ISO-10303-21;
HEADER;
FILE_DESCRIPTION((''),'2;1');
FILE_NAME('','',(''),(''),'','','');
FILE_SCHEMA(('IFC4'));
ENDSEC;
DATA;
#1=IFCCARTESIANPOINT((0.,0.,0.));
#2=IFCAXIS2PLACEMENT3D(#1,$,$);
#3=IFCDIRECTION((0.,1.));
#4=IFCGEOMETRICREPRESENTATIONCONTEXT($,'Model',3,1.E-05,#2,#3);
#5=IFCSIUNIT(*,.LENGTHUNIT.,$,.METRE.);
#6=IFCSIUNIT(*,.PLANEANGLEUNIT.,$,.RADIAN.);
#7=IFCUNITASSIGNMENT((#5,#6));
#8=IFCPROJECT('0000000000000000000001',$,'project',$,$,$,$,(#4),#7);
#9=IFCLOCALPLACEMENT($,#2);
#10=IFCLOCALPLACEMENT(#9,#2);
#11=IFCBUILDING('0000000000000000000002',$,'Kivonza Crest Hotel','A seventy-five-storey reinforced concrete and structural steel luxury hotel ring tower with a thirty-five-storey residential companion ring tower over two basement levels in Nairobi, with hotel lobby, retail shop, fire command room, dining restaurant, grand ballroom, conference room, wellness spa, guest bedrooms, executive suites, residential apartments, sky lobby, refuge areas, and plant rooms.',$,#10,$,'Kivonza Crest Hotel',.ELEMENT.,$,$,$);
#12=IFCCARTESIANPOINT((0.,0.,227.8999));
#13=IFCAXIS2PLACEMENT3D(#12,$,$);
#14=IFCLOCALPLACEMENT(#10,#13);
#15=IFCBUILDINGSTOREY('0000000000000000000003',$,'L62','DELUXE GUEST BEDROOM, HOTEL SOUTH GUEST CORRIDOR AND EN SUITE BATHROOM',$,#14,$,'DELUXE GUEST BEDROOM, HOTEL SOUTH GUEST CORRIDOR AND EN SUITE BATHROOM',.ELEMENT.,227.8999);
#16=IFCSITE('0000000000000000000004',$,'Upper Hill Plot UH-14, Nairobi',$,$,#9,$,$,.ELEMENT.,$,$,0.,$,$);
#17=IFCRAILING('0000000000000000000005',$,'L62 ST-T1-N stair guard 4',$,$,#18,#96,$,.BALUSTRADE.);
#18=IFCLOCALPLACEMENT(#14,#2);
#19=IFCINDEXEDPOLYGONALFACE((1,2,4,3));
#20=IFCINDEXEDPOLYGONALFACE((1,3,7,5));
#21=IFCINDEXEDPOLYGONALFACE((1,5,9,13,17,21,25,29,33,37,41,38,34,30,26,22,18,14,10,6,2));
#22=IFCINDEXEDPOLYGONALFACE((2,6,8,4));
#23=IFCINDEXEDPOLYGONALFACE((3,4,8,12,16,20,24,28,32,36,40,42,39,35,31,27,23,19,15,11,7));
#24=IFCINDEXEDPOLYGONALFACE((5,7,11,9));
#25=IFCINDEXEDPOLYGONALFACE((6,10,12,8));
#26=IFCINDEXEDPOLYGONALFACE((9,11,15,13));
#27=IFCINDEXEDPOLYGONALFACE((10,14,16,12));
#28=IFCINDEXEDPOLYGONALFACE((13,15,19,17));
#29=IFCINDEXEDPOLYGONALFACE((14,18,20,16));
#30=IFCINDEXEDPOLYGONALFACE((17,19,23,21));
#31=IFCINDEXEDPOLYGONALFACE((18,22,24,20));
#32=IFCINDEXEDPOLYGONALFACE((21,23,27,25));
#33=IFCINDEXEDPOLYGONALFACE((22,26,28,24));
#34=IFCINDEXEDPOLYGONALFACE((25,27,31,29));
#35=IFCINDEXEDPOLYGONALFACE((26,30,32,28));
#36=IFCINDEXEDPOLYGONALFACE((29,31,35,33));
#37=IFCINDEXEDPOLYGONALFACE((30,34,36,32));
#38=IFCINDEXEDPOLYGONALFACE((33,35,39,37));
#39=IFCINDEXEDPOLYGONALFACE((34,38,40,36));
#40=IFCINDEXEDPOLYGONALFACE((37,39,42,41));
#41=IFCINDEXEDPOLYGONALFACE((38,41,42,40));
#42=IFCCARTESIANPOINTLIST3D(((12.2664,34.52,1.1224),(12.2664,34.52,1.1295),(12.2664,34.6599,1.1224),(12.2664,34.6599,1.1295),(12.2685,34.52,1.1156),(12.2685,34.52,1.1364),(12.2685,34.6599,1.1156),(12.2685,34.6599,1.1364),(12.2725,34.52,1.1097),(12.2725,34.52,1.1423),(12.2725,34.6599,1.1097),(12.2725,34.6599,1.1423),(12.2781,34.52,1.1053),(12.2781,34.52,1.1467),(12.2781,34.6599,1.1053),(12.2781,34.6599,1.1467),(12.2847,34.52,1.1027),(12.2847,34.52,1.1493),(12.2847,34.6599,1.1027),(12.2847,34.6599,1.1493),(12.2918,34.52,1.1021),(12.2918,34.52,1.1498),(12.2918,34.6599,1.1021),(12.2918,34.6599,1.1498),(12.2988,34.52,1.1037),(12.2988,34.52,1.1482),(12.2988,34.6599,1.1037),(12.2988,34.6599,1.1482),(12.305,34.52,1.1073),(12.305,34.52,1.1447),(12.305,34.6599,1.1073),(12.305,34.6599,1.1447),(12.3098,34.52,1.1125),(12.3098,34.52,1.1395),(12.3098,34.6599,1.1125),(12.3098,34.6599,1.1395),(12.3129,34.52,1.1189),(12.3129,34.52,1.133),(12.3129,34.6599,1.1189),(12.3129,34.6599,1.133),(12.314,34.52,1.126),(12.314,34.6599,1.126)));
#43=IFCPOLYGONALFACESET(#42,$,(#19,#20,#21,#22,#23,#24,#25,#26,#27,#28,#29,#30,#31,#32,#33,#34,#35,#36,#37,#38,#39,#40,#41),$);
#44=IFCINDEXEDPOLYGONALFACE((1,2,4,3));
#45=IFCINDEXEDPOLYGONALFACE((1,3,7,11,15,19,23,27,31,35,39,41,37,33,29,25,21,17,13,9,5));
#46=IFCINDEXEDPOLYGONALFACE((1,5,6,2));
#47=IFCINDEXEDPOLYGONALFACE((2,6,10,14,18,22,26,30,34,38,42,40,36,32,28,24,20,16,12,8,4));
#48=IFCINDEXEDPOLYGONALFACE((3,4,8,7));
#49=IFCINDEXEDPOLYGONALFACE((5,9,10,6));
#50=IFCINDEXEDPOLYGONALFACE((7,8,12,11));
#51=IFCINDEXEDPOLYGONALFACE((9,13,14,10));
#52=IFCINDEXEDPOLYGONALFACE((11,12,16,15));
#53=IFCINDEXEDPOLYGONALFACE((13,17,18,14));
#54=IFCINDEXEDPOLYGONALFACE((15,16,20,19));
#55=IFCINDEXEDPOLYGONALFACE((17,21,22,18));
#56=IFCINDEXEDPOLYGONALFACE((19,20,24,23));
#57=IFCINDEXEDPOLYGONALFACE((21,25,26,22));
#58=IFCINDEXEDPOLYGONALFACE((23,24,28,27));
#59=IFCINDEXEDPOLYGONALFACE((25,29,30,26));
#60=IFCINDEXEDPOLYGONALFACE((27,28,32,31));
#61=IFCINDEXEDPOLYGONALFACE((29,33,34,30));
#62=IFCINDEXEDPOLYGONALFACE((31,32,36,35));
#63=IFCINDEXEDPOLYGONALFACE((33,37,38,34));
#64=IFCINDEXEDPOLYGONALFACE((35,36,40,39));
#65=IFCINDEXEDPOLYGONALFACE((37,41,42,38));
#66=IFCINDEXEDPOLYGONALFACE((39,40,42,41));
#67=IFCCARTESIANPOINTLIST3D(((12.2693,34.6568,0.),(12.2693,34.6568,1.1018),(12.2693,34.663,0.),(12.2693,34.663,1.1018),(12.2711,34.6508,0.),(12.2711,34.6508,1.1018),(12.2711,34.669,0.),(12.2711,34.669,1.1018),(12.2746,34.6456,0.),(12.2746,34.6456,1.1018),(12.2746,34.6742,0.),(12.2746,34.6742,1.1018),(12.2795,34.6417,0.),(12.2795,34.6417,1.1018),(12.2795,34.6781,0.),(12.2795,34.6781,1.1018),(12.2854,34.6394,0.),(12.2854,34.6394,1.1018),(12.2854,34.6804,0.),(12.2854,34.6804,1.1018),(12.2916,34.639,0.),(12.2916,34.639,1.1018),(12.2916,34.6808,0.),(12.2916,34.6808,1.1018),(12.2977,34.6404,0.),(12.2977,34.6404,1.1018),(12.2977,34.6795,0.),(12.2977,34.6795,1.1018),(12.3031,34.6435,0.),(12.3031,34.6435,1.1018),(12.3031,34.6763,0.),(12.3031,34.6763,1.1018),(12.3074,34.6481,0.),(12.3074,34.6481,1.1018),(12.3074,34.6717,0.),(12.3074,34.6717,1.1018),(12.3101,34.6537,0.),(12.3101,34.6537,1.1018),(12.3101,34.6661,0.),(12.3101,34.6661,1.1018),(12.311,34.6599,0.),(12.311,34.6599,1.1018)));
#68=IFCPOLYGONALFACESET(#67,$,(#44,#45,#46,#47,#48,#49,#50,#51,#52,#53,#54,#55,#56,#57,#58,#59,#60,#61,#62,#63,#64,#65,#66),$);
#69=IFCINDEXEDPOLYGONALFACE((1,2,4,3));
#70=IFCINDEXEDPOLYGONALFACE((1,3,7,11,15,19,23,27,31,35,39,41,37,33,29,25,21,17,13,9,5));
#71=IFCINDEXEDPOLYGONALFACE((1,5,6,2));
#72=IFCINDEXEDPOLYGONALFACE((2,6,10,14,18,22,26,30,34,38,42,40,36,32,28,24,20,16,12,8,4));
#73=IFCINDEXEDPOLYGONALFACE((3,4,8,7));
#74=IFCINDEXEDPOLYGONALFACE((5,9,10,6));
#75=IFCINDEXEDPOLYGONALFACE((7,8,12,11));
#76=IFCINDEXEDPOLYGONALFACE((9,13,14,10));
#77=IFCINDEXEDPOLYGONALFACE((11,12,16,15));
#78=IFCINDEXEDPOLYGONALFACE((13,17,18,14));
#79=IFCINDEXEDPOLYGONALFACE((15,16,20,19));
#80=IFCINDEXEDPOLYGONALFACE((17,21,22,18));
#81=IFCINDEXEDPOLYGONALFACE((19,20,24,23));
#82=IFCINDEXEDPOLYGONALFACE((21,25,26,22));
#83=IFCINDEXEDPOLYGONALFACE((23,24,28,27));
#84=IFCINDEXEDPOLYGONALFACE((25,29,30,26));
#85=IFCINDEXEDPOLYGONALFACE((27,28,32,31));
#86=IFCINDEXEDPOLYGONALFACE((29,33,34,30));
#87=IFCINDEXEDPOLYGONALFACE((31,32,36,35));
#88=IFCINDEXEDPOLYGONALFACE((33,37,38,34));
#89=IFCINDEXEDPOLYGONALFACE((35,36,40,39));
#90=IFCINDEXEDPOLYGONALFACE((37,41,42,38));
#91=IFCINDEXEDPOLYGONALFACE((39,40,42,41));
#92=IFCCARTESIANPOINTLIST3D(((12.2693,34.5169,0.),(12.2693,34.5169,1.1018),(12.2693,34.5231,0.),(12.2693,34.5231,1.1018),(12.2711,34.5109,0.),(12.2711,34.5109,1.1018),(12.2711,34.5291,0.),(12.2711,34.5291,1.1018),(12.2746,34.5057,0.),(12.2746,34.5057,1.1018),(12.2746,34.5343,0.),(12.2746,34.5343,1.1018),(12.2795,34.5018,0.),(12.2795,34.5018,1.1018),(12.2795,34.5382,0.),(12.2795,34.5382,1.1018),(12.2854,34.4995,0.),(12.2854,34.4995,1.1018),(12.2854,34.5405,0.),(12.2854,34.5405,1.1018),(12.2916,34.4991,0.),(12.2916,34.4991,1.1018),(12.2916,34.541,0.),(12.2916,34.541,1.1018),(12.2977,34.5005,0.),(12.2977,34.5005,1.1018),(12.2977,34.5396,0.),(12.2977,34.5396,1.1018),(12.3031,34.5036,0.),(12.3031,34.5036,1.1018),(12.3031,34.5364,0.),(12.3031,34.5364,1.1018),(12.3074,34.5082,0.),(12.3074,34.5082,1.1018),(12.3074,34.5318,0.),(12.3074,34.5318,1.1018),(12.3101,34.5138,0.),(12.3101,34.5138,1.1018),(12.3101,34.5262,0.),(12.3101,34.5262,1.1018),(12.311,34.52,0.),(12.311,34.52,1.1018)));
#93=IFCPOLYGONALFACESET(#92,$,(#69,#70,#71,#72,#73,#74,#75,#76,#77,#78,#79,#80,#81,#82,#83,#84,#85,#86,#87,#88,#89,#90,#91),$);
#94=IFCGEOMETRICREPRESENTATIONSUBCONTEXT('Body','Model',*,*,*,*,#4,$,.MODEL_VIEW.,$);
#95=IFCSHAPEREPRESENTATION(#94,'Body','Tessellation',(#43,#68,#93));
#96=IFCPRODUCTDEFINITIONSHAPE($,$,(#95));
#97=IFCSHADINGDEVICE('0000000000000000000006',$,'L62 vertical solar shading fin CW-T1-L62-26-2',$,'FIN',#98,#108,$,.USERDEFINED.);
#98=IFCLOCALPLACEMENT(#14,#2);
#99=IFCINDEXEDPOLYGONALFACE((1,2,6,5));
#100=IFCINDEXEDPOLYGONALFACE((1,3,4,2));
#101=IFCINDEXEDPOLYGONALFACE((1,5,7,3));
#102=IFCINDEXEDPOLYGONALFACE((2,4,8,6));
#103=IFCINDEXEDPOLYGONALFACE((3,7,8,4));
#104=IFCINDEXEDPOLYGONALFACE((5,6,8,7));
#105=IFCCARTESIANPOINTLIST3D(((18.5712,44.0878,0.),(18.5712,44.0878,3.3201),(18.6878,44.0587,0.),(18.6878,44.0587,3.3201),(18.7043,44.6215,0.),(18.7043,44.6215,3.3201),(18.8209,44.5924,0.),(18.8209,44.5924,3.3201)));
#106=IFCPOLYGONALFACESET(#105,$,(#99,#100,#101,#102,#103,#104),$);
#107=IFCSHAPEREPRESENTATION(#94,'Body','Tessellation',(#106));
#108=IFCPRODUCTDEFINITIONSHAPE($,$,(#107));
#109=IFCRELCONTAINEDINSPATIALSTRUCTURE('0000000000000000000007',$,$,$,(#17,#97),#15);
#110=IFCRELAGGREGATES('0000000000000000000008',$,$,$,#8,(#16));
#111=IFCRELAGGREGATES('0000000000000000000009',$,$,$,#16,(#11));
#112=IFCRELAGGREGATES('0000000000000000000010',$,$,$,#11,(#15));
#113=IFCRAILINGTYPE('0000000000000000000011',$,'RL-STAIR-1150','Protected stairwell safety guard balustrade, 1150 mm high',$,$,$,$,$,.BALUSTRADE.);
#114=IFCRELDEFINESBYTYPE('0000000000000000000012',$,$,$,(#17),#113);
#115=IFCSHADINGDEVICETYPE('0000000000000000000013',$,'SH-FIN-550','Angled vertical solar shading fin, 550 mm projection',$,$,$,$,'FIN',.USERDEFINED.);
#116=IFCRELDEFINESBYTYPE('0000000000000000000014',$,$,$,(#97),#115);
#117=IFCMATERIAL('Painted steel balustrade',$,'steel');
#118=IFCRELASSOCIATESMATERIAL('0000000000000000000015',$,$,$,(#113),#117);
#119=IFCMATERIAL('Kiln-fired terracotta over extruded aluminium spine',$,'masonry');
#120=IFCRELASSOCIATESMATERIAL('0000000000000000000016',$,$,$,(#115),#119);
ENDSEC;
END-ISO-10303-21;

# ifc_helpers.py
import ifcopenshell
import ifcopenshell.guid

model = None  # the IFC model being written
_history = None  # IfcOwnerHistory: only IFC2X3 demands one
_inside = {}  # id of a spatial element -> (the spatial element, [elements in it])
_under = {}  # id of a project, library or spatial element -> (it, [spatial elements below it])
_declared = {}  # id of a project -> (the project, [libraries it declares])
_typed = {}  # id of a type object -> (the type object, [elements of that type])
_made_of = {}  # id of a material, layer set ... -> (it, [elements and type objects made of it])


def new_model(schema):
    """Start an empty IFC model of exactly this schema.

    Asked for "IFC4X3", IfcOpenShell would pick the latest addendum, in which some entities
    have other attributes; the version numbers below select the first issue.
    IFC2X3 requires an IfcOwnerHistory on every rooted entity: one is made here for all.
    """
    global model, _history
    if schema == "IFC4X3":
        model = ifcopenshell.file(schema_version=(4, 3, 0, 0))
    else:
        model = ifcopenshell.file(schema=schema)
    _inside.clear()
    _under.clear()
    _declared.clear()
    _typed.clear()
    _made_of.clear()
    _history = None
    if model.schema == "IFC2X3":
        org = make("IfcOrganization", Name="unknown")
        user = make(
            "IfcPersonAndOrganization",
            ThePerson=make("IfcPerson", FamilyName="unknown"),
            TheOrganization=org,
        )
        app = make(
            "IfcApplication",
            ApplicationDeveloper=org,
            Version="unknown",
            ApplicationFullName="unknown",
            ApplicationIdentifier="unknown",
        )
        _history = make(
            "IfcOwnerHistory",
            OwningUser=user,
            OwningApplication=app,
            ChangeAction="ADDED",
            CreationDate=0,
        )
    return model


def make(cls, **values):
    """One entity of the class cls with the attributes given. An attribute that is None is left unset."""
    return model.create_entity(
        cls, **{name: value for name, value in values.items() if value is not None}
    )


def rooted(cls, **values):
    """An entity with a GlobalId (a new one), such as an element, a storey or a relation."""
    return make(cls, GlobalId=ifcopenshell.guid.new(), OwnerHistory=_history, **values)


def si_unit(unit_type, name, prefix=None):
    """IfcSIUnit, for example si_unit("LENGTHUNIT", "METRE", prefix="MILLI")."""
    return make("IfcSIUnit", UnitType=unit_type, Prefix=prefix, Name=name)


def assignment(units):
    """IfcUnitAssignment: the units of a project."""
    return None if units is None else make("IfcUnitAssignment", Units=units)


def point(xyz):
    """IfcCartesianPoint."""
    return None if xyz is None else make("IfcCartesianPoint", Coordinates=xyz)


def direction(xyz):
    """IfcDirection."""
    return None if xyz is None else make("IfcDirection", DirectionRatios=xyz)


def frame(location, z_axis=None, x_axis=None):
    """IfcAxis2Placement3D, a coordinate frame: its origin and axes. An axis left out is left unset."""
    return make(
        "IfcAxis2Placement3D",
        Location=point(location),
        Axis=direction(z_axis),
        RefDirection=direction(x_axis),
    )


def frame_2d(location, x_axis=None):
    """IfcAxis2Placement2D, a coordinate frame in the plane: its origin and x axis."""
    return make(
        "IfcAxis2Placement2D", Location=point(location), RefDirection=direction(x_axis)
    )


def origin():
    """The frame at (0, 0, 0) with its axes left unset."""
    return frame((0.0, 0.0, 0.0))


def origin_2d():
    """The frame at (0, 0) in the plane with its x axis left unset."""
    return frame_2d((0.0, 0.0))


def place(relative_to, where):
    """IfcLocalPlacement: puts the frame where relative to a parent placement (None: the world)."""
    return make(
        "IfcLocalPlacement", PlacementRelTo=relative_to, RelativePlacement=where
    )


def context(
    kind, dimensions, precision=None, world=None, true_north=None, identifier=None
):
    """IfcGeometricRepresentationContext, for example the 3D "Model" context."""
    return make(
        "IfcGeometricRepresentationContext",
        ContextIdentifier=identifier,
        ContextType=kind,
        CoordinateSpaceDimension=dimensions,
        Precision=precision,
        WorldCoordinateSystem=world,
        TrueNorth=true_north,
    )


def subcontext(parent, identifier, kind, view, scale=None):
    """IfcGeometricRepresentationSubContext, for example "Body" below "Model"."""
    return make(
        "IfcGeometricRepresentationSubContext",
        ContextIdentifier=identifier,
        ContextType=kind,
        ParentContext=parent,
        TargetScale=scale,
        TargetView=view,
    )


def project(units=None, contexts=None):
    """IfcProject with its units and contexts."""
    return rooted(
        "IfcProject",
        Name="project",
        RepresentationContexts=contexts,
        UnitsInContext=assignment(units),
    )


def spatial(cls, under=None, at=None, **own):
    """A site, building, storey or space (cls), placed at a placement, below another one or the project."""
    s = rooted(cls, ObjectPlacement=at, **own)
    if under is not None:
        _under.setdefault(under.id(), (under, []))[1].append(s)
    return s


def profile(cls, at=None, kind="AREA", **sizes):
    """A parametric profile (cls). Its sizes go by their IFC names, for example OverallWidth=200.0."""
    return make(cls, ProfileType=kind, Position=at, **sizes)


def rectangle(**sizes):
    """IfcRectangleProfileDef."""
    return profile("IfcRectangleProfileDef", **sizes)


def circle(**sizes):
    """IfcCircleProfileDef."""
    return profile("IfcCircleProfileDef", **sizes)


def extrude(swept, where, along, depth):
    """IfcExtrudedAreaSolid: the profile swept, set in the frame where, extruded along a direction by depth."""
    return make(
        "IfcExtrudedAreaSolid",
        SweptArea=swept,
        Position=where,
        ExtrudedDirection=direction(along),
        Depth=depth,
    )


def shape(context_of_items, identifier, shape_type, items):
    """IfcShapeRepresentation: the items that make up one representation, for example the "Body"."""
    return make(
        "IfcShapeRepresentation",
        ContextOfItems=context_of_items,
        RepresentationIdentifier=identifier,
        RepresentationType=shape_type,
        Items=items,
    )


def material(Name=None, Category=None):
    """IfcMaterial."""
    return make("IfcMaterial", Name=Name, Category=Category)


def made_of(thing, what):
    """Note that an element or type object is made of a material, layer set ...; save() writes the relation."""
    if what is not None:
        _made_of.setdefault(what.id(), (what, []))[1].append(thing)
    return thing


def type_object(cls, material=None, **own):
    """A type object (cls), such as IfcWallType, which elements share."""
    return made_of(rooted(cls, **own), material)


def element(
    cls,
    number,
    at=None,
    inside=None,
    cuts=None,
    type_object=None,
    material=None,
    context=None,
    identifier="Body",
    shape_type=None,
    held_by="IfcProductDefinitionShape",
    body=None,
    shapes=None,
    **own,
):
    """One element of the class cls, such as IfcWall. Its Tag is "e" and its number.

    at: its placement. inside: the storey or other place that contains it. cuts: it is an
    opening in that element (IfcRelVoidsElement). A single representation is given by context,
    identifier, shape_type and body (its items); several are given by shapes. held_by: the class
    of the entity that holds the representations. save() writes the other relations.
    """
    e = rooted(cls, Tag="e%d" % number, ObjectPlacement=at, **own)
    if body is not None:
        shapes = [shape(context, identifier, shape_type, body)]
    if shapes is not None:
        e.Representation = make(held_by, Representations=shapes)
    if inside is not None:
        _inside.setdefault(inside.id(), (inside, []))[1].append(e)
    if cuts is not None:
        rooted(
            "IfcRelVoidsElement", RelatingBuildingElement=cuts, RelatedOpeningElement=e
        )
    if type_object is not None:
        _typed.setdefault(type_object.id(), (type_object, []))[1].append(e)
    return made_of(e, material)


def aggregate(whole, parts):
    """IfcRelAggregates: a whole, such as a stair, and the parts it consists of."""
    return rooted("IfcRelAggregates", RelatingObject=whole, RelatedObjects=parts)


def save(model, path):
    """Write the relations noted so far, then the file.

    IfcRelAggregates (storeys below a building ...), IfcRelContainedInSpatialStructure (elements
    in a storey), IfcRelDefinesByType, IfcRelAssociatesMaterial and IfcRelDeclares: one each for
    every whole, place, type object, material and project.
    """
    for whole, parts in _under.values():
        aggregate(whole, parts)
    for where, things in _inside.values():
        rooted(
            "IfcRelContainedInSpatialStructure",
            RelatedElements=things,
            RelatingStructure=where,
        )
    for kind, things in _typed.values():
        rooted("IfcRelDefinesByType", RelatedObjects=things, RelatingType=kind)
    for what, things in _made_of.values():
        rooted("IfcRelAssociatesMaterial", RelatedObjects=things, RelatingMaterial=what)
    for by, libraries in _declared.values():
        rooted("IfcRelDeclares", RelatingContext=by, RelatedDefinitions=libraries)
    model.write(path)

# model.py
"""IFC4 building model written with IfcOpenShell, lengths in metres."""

from ifc_helpers import new_model, si_unit, direction, frame, origin, origin_2d, place, context, subcontext, project, spatial, rectangle, circle, extrude, material, type_object, element, save


model = new_model("IFC4")

# Units and contexts
model_context = context("Model", 3, precision=1e-05, world=origin(), true_north=direction((0.0, 1.0)))
body_context = subcontext(model_context, "Body", "Model", "MODEL_VIEW")
ifc_project = project(units=[si_unit("LENGTHUNIT", "METRE"), si_unit("PLANEANGLEUNIT", "RADIAN")], contexts=[model_context])

# Site, building, storey
site_placement = place(None, origin())
site = spatial("IfcSite", under=ifc_project, at=site_placement, Name="Upper Hill Plot UH-14, Nairobi", CompositionType="ELEMENT", RefElevation=0.0)
building_placement = place(site_placement, origin())
building = spatial("IfcBuilding", under=site, at=building_placement, Name="Kivonza Crest Hotel", Description="A seventy-five-storey reinforced concrete and structural steel luxury hotel ring tower with a thirty-five-storey residential companion ring tower over two basement levels in Nairobi, with hotel lobby, retail shop, fire command room, dining restaurant, grand ballroom, conference room, wellness spa, guest bedrooms, executive suites, residential apartments, sky lobby, refuge areas, and plant rooms.", LongName="Kivonza Crest Hotel", CompositionType="ELEMENT")
storey_placement = place(building_placement, frame((0.0, 0.0, 227.8999)))
storey = spatial("IfcBuildingStorey", under=building, at=storey_placement, Name="L62", Description="DELUXE GUEST BEDROOM, HOTEL SOUTH GUEST CORRIDOR AND EN SUITE BATHROOM", LongName="DELUXE GUEST BEDROOM, HOTEL SOUTH GUEST CORRIDOR AND EN SUITE BATHROOM", CompositionType="ELEMENT", Elevation=227.8999)

# Railing
ifc_material_1 = material(Name="Painted steel balustrade", Category="steel")
railing_type_1 = type_object("IfcRailingType", Name="RL-STAIR-1150", Description="Protected stairwell safety guard balustrade, 1150 mm high", PredefinedType="BALUSTRADE", material=ifc_material_1)
railing_1_placement = place(storey_placement, frame((12.29, 34.6599, 0.0)))
element("IfcRailing", 1, at=railing_1_placement, inside=storey, type_object=railing_type_1, Name="L62 ST-T1-N stair guard 4", PredefinedType="BALUSTRADE", context=body_context, shape_type="SweptSolid", body=[
    extrude(circle(Radius=0.0239, at=origin_2d()), frame((0.0, 0.0, 1.126), z_axis=(0.0, -1.0, 0.0), x_axis=(1.0, 0.0, 0.0)), (0.0, 0.0, 1.0), 0.1399),
    extrude(circle(Radius=0.021, at=origin_2d()), origin(), (0.0, 0.0, 1.0), 1.1018),
    extrude(circle(Radius=0.021, at=origin_2d()), frame((0.0, -0.1399, 0.0)), (0.0, 0.0, 1.0), 1.1018),
])

# Shading device
ifc_material_2 = material(Name="Kiln-fired terracotta over extruded aluminium spine", Category="masonry")
shading_device_type = type_object("IfcShadingDeviceType", Name="SH-FIN-550", Description="Angled vertical solar shading fin, 550 mm projection", ElementType="FIN", PredefinedType="USERDEFINED", material=ifc_material_2)
shading_device_placement = place(storey_placement, frame((18.696, 44.3401, 0.0), z_axis=(0.0, 0.0, 1.0), x_axis=(-0.970296, 0.241922, 0.0)))
element("IfcShadingDevice", 2, at=shading_device_placement, inside=storey, type_object=shading_device_type, Name="L62 vertical solar shading fin CW-T1-L62-26-2", ObjectType="FIN", PredefinedType="USERDEFINED", context=body_context, shape_type="SweptSolid", body=[
    extrude(rectangle(XDim=0.1201, YDim=0.55, at=origin_2d()), origin(), (0.0, 0.0, 1.0), 3.3201),
])

save(model, "model.ifc")
